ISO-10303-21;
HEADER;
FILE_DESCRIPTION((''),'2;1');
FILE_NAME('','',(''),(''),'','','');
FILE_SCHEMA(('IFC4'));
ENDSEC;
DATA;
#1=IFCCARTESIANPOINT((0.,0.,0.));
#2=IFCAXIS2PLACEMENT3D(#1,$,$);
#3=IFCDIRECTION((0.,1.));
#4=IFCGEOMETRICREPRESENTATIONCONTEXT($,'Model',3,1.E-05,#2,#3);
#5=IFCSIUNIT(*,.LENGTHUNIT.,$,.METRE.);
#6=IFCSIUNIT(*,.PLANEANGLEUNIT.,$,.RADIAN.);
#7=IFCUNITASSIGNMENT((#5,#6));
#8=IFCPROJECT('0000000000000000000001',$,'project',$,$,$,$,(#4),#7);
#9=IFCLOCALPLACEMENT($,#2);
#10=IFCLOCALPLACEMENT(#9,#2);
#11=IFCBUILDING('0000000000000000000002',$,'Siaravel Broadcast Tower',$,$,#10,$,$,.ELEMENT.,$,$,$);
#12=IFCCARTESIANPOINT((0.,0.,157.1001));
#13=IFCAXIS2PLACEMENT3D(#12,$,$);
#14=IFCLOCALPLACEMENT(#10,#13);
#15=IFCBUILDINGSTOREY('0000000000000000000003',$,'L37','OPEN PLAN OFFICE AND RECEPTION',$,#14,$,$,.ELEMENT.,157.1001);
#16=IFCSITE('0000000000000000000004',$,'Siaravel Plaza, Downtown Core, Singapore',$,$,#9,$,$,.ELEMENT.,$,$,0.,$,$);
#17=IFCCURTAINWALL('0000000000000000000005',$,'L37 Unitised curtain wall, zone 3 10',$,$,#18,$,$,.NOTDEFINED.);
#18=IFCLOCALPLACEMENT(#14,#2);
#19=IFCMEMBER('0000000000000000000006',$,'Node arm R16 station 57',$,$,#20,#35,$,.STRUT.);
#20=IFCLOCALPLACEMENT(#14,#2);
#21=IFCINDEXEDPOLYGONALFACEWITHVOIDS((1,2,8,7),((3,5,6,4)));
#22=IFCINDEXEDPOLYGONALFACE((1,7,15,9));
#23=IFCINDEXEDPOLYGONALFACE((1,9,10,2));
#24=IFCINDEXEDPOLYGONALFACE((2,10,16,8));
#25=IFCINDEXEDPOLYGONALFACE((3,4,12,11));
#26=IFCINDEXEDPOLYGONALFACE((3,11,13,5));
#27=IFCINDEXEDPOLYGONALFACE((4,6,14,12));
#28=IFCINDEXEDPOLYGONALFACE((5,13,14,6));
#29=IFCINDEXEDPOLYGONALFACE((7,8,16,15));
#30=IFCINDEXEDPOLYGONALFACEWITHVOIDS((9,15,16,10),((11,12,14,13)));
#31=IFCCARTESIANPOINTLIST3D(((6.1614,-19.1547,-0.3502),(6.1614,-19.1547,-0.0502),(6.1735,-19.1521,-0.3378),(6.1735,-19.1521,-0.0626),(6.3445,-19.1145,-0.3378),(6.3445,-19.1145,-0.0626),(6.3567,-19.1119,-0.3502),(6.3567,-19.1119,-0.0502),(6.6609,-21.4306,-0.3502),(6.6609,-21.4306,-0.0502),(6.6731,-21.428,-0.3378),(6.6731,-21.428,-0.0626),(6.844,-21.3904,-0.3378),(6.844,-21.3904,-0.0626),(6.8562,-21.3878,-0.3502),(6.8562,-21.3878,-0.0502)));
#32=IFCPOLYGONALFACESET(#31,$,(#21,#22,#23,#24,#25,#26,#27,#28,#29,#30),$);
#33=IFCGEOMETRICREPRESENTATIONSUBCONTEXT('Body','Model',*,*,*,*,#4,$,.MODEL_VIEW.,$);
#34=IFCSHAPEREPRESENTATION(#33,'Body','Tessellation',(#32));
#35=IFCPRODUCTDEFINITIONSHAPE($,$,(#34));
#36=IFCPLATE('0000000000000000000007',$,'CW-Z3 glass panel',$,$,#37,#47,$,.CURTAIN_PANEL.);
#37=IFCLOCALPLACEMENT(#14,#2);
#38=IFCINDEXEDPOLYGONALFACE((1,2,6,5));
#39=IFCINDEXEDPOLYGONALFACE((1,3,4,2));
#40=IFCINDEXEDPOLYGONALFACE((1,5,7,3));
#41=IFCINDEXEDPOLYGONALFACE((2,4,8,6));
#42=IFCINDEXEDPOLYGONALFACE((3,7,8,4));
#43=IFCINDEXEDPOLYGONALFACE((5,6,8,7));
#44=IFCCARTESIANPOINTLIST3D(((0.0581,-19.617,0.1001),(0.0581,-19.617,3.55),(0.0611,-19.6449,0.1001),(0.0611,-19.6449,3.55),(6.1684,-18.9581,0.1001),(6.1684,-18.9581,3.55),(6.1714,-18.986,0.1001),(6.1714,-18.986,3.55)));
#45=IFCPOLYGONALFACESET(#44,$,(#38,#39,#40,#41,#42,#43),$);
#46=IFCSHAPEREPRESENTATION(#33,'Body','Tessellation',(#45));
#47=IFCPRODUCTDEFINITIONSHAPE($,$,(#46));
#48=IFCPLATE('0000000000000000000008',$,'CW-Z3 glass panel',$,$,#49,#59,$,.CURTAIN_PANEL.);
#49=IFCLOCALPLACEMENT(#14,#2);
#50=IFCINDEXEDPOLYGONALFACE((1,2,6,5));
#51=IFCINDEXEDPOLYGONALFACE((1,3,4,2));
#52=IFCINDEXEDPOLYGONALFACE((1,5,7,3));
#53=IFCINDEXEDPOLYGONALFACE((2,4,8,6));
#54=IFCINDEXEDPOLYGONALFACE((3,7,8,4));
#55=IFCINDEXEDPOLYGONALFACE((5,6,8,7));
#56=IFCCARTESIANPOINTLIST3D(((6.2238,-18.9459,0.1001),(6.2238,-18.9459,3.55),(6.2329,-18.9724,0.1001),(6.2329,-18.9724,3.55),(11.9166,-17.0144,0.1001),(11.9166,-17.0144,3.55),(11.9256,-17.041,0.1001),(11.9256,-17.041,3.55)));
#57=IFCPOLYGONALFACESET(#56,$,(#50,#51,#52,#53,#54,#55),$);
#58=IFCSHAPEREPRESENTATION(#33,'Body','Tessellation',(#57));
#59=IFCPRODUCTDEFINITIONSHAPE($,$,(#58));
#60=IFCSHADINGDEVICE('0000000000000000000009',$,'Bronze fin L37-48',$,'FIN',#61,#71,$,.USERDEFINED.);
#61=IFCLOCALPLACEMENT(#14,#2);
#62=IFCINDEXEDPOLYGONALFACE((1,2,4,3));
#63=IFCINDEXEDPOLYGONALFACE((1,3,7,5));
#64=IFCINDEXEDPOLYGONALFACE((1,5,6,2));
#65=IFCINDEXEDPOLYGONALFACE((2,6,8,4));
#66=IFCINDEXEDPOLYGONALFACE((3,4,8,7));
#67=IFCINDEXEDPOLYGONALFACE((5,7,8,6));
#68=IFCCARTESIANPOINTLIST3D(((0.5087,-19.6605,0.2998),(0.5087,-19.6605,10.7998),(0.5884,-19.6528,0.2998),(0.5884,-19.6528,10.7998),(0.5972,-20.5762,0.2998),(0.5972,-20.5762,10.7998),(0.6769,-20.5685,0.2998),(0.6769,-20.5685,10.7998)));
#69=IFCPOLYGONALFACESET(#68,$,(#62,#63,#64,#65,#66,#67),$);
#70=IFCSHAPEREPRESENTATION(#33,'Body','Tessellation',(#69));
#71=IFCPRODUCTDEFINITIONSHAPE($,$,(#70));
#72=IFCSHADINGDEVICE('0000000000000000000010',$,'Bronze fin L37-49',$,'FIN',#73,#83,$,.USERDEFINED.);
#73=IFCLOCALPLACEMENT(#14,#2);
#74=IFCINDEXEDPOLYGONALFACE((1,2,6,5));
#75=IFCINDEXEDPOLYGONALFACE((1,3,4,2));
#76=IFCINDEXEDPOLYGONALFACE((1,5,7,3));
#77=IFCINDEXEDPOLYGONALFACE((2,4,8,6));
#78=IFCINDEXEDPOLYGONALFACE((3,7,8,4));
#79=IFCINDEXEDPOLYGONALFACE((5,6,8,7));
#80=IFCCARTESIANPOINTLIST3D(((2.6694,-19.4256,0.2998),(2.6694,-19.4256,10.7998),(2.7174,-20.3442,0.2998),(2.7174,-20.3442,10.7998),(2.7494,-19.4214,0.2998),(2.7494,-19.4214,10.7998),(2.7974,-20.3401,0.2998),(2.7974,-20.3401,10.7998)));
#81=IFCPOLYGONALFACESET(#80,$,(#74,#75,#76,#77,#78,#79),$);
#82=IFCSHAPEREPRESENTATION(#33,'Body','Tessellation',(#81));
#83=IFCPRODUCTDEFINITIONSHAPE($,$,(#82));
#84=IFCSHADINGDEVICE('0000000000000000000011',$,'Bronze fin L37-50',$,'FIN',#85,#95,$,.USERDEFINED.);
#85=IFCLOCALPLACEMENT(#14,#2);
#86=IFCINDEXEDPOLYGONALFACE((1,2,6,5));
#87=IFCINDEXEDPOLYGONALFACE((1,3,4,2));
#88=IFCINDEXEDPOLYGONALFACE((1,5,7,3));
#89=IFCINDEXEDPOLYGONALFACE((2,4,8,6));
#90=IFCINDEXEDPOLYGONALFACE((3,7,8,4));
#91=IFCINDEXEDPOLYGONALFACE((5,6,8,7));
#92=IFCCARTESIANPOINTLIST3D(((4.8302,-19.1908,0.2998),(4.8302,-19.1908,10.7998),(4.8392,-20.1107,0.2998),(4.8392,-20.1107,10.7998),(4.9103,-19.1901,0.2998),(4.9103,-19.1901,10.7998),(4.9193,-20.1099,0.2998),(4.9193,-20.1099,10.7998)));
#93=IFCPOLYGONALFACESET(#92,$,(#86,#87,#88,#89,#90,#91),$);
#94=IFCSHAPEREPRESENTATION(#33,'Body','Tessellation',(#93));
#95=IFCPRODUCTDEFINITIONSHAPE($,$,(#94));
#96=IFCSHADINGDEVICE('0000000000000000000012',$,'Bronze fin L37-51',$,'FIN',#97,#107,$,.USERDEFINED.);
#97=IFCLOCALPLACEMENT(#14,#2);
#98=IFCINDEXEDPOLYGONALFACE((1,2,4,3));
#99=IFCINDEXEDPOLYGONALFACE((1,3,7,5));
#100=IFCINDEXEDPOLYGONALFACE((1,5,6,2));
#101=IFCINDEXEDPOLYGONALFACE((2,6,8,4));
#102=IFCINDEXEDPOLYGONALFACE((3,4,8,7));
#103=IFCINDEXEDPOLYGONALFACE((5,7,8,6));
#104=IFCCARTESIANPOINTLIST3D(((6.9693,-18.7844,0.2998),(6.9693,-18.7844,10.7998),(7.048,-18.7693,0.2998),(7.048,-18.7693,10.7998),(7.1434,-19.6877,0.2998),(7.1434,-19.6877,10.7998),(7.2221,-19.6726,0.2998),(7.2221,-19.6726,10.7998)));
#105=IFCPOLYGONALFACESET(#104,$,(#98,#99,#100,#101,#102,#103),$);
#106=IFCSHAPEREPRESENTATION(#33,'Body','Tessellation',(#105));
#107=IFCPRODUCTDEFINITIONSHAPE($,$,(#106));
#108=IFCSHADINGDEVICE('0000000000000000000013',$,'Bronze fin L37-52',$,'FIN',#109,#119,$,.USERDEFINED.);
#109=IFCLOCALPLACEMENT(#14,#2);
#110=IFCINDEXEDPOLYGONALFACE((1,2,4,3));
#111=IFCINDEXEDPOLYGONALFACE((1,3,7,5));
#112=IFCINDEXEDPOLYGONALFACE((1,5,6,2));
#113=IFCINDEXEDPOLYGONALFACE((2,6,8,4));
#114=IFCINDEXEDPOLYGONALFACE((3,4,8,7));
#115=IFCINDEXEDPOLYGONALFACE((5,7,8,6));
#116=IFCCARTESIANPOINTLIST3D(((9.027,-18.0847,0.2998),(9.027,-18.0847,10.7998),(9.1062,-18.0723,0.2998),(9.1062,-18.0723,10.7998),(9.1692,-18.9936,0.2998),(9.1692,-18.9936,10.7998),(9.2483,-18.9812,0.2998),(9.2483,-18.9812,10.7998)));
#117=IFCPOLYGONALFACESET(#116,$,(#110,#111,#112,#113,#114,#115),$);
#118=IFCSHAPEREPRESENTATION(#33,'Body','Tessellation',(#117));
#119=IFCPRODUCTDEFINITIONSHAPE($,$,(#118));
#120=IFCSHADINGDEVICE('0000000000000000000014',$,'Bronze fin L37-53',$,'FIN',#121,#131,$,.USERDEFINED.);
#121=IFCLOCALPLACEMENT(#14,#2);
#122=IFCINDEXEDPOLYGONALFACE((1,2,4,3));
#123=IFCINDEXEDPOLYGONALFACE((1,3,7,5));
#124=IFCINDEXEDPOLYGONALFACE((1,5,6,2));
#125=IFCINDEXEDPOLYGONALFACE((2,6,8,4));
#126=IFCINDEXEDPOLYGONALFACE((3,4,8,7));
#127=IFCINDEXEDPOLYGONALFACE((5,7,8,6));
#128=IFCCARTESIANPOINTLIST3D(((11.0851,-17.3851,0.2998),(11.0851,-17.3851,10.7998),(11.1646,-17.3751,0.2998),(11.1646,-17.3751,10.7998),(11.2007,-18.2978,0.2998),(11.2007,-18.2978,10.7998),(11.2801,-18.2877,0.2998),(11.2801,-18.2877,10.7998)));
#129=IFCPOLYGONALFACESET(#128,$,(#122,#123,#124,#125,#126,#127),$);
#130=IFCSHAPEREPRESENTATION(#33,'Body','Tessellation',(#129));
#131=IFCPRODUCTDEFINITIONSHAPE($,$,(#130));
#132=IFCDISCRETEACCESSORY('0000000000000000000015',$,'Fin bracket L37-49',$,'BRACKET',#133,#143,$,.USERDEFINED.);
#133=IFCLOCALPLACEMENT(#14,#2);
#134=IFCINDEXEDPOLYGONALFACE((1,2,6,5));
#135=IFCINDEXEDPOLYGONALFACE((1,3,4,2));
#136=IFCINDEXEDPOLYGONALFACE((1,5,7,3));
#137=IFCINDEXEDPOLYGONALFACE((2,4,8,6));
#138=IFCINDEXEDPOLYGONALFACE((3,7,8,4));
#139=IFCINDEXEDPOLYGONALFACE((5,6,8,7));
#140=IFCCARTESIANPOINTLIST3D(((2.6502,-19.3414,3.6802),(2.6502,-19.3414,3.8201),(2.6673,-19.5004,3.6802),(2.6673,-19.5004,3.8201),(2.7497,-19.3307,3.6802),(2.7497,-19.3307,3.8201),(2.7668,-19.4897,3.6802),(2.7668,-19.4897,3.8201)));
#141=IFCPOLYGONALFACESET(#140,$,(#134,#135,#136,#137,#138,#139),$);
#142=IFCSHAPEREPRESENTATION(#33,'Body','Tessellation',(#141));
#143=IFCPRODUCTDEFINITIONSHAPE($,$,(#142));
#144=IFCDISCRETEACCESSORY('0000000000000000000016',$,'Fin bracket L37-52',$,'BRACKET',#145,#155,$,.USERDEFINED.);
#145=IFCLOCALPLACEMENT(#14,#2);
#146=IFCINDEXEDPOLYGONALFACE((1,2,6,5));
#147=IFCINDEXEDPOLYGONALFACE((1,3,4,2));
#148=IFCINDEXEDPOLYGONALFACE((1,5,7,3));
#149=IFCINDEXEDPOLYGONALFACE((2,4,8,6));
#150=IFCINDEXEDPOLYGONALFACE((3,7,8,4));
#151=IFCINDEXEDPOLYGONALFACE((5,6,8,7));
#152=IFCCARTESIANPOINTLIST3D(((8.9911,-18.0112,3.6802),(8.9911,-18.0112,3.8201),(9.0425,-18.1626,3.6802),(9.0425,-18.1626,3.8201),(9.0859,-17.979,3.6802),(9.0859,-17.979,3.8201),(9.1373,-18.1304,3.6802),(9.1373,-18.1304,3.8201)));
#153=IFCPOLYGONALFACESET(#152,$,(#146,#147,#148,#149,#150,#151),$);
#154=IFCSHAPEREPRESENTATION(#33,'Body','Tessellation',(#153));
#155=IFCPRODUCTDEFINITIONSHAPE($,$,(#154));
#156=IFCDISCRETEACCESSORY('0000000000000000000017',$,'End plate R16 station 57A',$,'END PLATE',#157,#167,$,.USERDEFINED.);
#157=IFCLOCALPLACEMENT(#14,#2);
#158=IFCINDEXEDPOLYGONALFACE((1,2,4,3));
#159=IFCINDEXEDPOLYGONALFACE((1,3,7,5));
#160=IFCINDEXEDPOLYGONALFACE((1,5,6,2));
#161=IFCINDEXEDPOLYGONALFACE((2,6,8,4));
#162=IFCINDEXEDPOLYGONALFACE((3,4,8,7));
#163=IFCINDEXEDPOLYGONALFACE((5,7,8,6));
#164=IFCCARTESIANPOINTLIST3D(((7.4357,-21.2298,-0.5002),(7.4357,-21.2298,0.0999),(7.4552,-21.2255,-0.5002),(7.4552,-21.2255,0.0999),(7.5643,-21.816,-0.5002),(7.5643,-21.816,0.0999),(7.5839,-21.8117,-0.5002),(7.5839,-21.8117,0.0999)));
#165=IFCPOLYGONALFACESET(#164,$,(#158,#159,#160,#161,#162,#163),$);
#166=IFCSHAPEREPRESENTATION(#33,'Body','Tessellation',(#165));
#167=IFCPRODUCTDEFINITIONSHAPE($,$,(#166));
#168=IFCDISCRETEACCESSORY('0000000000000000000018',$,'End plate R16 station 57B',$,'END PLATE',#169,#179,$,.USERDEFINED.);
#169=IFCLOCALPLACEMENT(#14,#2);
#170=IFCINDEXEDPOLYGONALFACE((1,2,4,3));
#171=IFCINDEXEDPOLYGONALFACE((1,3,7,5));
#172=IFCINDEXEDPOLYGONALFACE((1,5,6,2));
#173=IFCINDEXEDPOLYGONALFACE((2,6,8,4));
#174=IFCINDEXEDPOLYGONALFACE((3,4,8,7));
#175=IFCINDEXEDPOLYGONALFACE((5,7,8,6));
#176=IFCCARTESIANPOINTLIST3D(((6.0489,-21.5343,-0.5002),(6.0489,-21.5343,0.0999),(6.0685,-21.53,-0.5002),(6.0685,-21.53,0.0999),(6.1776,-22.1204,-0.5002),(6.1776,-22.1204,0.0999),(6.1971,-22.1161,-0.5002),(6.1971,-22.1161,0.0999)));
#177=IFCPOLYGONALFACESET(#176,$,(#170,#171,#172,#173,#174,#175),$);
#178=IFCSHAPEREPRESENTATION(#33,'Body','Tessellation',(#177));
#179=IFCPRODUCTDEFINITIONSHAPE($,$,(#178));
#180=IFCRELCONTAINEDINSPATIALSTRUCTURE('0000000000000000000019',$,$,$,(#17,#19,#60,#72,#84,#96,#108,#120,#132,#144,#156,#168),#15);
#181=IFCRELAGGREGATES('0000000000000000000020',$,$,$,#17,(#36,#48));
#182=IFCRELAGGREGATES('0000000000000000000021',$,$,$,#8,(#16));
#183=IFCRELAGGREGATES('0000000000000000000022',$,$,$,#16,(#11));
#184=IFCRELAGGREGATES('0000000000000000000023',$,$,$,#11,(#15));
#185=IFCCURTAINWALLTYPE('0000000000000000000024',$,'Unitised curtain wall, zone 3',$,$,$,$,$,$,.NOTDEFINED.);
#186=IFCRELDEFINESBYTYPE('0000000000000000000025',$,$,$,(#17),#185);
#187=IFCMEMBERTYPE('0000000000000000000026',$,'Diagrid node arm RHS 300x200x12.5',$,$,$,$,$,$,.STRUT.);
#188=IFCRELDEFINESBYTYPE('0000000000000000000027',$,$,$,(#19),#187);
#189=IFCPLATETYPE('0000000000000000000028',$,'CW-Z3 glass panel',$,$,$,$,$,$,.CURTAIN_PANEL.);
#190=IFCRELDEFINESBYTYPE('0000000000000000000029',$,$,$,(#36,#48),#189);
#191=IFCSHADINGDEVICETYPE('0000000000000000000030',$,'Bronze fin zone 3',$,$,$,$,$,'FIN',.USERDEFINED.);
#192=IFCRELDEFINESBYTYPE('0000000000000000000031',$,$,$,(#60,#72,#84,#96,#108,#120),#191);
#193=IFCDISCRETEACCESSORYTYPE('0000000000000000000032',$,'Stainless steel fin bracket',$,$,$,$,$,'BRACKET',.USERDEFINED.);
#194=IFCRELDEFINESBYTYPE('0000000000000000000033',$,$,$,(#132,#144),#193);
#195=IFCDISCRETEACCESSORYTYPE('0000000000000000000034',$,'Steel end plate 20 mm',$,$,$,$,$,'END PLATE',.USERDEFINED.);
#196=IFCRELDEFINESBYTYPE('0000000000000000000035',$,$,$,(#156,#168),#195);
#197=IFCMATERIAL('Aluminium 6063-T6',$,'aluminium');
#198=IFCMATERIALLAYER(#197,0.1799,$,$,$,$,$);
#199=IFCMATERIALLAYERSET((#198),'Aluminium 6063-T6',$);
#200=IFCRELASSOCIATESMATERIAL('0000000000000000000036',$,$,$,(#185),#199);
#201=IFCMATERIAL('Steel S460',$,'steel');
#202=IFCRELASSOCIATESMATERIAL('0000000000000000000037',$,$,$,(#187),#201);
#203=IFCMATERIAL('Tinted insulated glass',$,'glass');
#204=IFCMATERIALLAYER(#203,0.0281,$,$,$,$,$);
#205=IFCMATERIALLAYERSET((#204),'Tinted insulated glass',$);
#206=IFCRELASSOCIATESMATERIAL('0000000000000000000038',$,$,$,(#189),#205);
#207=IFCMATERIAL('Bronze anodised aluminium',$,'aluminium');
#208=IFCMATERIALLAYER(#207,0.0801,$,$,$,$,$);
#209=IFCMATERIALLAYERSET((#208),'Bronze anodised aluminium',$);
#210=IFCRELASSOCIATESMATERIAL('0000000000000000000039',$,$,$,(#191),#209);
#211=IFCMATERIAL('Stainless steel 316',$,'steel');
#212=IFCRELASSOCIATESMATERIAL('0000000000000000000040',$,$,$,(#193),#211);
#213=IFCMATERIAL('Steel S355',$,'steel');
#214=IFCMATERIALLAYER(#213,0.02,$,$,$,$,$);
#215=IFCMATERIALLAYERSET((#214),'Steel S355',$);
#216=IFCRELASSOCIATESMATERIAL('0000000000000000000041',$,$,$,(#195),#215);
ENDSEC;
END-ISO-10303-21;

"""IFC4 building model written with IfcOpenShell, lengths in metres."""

from ifc_helpers import new_model, si_unit, direction, frame, origin, origin_2d, place, context, subcontext, project, spatial, rectangle, hollow_rectangle, extrude, material, layer, layer_set, material_profile, profile_set, type_object, element, aggregate, save


model = new_model("IFC4")

# Units and contexts
model_context = context("Model", 3, precision=1e-05, world=origin(), true_north=direction((0.0, 1.0)))
body_context = subcontext(model_context, "Body", "Model", "MODEL_VIEW")
ifc_project = project(units=[si_unit("LENGTHUNIT", "METRE"), si_unit("PLANEANGLEUNIT", "RADIAN")], contexts=[model_context])

# Site, building, storey
site_placement = place(None, origin())
site = spatial("IfcSite", under=ifc_project, at=site_placement, Name="Siaravel Plaza, Downtown Core, Singapore", CompositionType="ELEMENT", RefElevation=0.0)
building_placement = place(site_placement, origin())
building = spatial("IfcBuilding", under=site, at=building_placement, Name="Siaravel Broadcast Tower", CompositionType="ELEMENT")
storey_placement = place(building_placement, frame((0.0, 0.0, 157.1001)))
storey = spatial("IfcBuildingStorey", under=building, at=storey_placement, Name="L37", Description="OPEN PLAN OFFICE AND RECEPTION", CompositionType="ELEMENT", Elevation=157.1001)

# Shared definitions
ifc_material_1 = material(Name="Steel S355", Category="steel")

# Curtain wall
ifc_material_2 = material(Name="Aluminium 6063-T6", Category="aluminium")
ifc_layer_1 = layer(ifc_material_2, 0.1799)
ifc_layer_set_1 = layer_set([ifc_layer_1], Name="Aluminium 6063-T6")
curtain_wall_type = type_object("IfcCurtainWallType", Name="Unitised curtain wall, zone 3", PredefinedType="NOTDEFINED", material=ifc_layer_set_1)
curtain_wall_placement = place(storey_placement, origin())
curtain_wall = element("IfcCurtainWall", 1, at=curtain_wall_placement, inside=storey, type_object=curtain_wall_type, Name="L37 Unitised curtain wall, zone 3 10", PredefinedType="NOTDEFINED")

# Member
ifc_material_3 = material(Name="Steel S460", Category="steel")
ifc_material_profile_1 = material_profile(ifc_material_3, hollow_rectangle(XDim=0.2, YDim=0.3, WallThickness=0.0125, at=origin_2d()))
ifc_profile_set_1 = profile_set([ifc_material_profile_1], Name="Steel S460")
member_type_1 = type_object("IfcMemberType", Name="Diagrid node arm RHS 300x200x12.5", PredefinedType="STRUT", material=ifc_profile_set_1)
member_1_placement = place(storey_placement, frame((6.259, -19.1333, -0.2002), z_axis=(0.214378, -0.976751, 0.0), x_axis=(0.976751, 0.214378, 0.0)))
element("IfcMember", 2, at=member_1_placement, inside=storey, type_object=member_type_1, Name="Node arm R16 station 57", PredefinedType="STRUT", context=body_context, shape_type="SweptSolid", body=[
    extrude(hollow_rectangle(XDim=0.2, YDim=0.3, WallThickness=0.0125, at=origin_2d()), origin(), (0.0, 0.0, 1.0), 2.3301),
])

# Plates
ifc_material_4 = material(Name="Tinted insulated glass", Category="glass")
ifc_layer_2 = layer(ifc_material_4, 0.0281)
ifc_layer_set_2 = layer_set([ifc_layer_2], Name="Tinted insulated glass")
plate_type = type_object("IfcPlateType", Name="CW-Z3 glass panel", PredefinedType="CURTAIN_PANEL", material=ifc_layer_set_2)
plate_1_placement = place(storey_placement, frame((3.1147, -19.3015, 0.1001), z_axis=(0.0, 0.0, 1.0), x_axis=(0.994236, 0.107218, 0.0)))
plate_1 = element("IfcPlate", 3, at=plate_1_placement, type_object=plate_type, Name="CW-Z3 glass panel", PredefinedType="CURTAIN_PANEL", context=body_context, shape_type="SweptSolid", body=[
    extrude(rectangle(XDim=6.1458, YDim=0.0281, at=origin_2d()), origin(), (0.0, 0.0, 1.0), 3.45),
])
plate_2_placement = place(storey_placement, frame((9.0747, -17.9934, 0.1001), z_axis=(0.0, 0.0, 1.0), x_axis=(0.946977, 0.321301, 0.0)))
plate_2 = element("IfcPlate", 4, at=plate_2_placement, type_object=plate_type, Name="CW-Z3 glass panel", PredefinedType="CURTAIN_PANEL", context=body_context, shape_type="SweptSolid", body=[
    extrude(rectangle(XDim=6.0115, YDim=0.0281, at=origin_2d()), origin(), (0.0, 0.0, 1.0), 3.45),
])
aggregate(curtain_wall, [plate_1, plate_2])

# Shading devices
ifc_material_5 = material(Name="Bronze anodised aluminium", Category="aluminium")
ifc_layer_3 = layer(ifc_material_5, 0.0801)
ifc_layer_set_3 = layer_set([ifc_layer_3], Name="Bronze anodised aluminium")
shading_device_type = type_object("IfcShadingDeviceType", Name="Bronze fin zone 3", ElementType="FIN", PredefinedType="USERDEFINED", material=ifc_layer_set_3)
for number, where, z_axis, x_axis, name in (
    (5, (0.5928, -20.1145, 0.2998), (0.0, 0.0, 1.0), (0.096237, -0.995358, 0.0), "Bronze fin L37-48"),
    (6, (2.7334, -19.8828, 0.2998), (0.0, 0.0, 1.0), (0.052235, -0.998635, 0.0), "Bronze fin L37-49"),
    (7, (4.8748, -19.6504, 0.2998), (0.0, 0.0, 1.0), (0.009837, -0.999952, 0.0), "Bronze fin L37-50"),
    (8, (7.0957, -19.2285, 0.2998), (0.0, 0.0, 1.0), (0.189274, -0.981924, 0.0), "Bronze fin L37-51"),
    (9, (9.1377, -18.533, 0.2998), (0.0, 0.0, 1.0), (0.154552, -0.987985, 0.0), "Bronze fin L37-52"),
    (10, (11.1826, -17.8364, 0.2998), (0.0, 0.0, 1.0), (0.125567, -0.992085, 0.0), "Bronze fin L37-53"),
):
    element("IfcShadingDevice", number, at=place(storey_placement, frame(where, z_axis=z_axis, x_axis=x_axis)), inside=storey, type_object=shading_device_type, Name=name, ObjectType="FIN", PredefinedType="USERDEFINED", context=body_context, shape_type="SweptSolid", body=[
        extrude(rectangle(XDim=0.9199, YDim=0.0801, at=origin_2d()), origin(), (0.0, 0.0, 1.0), 10.5),
    ])

# Discrete accessories
ifc_material_6 = material(Name="Stainless steel 316", Category="steel")
discrete_accessory_type_1 = type_object("IfcDiscreteAccessoryType", Name="Stainless steel fin bracket", ElementType="BRACKET", PredefinedType="USERDEFINED", material=ifc_material_6)
for number, where, z_axis, x_axis, name in (
    (11, (2.7085, -19.4155, 3.6802), (0.0, 0.0, 1.0), (0.107219, -0.994235, 0.0), "Fin bracket L37-49"),
    (12, (9.0642, -18.0708, 3.6802), (0.0, 0.0, 1.0), (0.321301, -0.946977, 0.0), "Fin bracket L37-52"),
):
    element("IfcDiscreteAccessory", number, at=place(storey_placement, frame(where, z_axis=z_axis, x_axis=x_axis)), inside=storey, type_object=discrete_accessory_type_1, Name=name, ObjectType="BRACKET", PredefinedType="USERDEFINED", context=body_context, shape_type="SweptSolid", body=[
        extrude(rectangle(XDim=0.1599, YDim=0.1001, at=origin_2d()), origin(), (0.0, 0.0, 1.0), 0.1399),
    ])
ifc_layer_4 = layer(ifc_material_1, 0.02)
ifc_layer_set_4 = layer_set([ifc_layer_4], Name="Steel S355")
discrete_accessory_type_2 = type_object("IfcDiscreteAccessoryType", Name="Steel end plate 20 mm", ElementType="END PLATE", PredefinedType="USERDEFINED", material=ifc_layer_set_4)
for number, where, z_axis, x_axis, name in (
    (13, (7.5098, -21.5208, -0.5002), (0.0, 0.0, 1.0), (0.976751, 0.214377, 0.0), "End plate R16 station 57A"),
    (14, (6.123, -21.8252, -0.5002), (0.0, 0.0, 1.0), (0.976751, 0.214377, 0.0), "End plate R16 station 57B"),
):
    element("IfcDiscreteAccessory", number, at=place(storey_placement, frame(where, z_axis=z_axis, x_axis=x_axis)), inside=storey, type_object=discrete_accessory_type_2, Name=name, ObjectType="END PLATE", PredefinedType="USERDEFINED", context=body_context, shape_type="SweptSolid", body=[
        extrude(rectangle(XDim=0.02, YDim=0.6001, at=origin_2d()), origin(), (0.0, 0.0, 1.0), 0.6001),
    ])

save(model, "model.ifc")
